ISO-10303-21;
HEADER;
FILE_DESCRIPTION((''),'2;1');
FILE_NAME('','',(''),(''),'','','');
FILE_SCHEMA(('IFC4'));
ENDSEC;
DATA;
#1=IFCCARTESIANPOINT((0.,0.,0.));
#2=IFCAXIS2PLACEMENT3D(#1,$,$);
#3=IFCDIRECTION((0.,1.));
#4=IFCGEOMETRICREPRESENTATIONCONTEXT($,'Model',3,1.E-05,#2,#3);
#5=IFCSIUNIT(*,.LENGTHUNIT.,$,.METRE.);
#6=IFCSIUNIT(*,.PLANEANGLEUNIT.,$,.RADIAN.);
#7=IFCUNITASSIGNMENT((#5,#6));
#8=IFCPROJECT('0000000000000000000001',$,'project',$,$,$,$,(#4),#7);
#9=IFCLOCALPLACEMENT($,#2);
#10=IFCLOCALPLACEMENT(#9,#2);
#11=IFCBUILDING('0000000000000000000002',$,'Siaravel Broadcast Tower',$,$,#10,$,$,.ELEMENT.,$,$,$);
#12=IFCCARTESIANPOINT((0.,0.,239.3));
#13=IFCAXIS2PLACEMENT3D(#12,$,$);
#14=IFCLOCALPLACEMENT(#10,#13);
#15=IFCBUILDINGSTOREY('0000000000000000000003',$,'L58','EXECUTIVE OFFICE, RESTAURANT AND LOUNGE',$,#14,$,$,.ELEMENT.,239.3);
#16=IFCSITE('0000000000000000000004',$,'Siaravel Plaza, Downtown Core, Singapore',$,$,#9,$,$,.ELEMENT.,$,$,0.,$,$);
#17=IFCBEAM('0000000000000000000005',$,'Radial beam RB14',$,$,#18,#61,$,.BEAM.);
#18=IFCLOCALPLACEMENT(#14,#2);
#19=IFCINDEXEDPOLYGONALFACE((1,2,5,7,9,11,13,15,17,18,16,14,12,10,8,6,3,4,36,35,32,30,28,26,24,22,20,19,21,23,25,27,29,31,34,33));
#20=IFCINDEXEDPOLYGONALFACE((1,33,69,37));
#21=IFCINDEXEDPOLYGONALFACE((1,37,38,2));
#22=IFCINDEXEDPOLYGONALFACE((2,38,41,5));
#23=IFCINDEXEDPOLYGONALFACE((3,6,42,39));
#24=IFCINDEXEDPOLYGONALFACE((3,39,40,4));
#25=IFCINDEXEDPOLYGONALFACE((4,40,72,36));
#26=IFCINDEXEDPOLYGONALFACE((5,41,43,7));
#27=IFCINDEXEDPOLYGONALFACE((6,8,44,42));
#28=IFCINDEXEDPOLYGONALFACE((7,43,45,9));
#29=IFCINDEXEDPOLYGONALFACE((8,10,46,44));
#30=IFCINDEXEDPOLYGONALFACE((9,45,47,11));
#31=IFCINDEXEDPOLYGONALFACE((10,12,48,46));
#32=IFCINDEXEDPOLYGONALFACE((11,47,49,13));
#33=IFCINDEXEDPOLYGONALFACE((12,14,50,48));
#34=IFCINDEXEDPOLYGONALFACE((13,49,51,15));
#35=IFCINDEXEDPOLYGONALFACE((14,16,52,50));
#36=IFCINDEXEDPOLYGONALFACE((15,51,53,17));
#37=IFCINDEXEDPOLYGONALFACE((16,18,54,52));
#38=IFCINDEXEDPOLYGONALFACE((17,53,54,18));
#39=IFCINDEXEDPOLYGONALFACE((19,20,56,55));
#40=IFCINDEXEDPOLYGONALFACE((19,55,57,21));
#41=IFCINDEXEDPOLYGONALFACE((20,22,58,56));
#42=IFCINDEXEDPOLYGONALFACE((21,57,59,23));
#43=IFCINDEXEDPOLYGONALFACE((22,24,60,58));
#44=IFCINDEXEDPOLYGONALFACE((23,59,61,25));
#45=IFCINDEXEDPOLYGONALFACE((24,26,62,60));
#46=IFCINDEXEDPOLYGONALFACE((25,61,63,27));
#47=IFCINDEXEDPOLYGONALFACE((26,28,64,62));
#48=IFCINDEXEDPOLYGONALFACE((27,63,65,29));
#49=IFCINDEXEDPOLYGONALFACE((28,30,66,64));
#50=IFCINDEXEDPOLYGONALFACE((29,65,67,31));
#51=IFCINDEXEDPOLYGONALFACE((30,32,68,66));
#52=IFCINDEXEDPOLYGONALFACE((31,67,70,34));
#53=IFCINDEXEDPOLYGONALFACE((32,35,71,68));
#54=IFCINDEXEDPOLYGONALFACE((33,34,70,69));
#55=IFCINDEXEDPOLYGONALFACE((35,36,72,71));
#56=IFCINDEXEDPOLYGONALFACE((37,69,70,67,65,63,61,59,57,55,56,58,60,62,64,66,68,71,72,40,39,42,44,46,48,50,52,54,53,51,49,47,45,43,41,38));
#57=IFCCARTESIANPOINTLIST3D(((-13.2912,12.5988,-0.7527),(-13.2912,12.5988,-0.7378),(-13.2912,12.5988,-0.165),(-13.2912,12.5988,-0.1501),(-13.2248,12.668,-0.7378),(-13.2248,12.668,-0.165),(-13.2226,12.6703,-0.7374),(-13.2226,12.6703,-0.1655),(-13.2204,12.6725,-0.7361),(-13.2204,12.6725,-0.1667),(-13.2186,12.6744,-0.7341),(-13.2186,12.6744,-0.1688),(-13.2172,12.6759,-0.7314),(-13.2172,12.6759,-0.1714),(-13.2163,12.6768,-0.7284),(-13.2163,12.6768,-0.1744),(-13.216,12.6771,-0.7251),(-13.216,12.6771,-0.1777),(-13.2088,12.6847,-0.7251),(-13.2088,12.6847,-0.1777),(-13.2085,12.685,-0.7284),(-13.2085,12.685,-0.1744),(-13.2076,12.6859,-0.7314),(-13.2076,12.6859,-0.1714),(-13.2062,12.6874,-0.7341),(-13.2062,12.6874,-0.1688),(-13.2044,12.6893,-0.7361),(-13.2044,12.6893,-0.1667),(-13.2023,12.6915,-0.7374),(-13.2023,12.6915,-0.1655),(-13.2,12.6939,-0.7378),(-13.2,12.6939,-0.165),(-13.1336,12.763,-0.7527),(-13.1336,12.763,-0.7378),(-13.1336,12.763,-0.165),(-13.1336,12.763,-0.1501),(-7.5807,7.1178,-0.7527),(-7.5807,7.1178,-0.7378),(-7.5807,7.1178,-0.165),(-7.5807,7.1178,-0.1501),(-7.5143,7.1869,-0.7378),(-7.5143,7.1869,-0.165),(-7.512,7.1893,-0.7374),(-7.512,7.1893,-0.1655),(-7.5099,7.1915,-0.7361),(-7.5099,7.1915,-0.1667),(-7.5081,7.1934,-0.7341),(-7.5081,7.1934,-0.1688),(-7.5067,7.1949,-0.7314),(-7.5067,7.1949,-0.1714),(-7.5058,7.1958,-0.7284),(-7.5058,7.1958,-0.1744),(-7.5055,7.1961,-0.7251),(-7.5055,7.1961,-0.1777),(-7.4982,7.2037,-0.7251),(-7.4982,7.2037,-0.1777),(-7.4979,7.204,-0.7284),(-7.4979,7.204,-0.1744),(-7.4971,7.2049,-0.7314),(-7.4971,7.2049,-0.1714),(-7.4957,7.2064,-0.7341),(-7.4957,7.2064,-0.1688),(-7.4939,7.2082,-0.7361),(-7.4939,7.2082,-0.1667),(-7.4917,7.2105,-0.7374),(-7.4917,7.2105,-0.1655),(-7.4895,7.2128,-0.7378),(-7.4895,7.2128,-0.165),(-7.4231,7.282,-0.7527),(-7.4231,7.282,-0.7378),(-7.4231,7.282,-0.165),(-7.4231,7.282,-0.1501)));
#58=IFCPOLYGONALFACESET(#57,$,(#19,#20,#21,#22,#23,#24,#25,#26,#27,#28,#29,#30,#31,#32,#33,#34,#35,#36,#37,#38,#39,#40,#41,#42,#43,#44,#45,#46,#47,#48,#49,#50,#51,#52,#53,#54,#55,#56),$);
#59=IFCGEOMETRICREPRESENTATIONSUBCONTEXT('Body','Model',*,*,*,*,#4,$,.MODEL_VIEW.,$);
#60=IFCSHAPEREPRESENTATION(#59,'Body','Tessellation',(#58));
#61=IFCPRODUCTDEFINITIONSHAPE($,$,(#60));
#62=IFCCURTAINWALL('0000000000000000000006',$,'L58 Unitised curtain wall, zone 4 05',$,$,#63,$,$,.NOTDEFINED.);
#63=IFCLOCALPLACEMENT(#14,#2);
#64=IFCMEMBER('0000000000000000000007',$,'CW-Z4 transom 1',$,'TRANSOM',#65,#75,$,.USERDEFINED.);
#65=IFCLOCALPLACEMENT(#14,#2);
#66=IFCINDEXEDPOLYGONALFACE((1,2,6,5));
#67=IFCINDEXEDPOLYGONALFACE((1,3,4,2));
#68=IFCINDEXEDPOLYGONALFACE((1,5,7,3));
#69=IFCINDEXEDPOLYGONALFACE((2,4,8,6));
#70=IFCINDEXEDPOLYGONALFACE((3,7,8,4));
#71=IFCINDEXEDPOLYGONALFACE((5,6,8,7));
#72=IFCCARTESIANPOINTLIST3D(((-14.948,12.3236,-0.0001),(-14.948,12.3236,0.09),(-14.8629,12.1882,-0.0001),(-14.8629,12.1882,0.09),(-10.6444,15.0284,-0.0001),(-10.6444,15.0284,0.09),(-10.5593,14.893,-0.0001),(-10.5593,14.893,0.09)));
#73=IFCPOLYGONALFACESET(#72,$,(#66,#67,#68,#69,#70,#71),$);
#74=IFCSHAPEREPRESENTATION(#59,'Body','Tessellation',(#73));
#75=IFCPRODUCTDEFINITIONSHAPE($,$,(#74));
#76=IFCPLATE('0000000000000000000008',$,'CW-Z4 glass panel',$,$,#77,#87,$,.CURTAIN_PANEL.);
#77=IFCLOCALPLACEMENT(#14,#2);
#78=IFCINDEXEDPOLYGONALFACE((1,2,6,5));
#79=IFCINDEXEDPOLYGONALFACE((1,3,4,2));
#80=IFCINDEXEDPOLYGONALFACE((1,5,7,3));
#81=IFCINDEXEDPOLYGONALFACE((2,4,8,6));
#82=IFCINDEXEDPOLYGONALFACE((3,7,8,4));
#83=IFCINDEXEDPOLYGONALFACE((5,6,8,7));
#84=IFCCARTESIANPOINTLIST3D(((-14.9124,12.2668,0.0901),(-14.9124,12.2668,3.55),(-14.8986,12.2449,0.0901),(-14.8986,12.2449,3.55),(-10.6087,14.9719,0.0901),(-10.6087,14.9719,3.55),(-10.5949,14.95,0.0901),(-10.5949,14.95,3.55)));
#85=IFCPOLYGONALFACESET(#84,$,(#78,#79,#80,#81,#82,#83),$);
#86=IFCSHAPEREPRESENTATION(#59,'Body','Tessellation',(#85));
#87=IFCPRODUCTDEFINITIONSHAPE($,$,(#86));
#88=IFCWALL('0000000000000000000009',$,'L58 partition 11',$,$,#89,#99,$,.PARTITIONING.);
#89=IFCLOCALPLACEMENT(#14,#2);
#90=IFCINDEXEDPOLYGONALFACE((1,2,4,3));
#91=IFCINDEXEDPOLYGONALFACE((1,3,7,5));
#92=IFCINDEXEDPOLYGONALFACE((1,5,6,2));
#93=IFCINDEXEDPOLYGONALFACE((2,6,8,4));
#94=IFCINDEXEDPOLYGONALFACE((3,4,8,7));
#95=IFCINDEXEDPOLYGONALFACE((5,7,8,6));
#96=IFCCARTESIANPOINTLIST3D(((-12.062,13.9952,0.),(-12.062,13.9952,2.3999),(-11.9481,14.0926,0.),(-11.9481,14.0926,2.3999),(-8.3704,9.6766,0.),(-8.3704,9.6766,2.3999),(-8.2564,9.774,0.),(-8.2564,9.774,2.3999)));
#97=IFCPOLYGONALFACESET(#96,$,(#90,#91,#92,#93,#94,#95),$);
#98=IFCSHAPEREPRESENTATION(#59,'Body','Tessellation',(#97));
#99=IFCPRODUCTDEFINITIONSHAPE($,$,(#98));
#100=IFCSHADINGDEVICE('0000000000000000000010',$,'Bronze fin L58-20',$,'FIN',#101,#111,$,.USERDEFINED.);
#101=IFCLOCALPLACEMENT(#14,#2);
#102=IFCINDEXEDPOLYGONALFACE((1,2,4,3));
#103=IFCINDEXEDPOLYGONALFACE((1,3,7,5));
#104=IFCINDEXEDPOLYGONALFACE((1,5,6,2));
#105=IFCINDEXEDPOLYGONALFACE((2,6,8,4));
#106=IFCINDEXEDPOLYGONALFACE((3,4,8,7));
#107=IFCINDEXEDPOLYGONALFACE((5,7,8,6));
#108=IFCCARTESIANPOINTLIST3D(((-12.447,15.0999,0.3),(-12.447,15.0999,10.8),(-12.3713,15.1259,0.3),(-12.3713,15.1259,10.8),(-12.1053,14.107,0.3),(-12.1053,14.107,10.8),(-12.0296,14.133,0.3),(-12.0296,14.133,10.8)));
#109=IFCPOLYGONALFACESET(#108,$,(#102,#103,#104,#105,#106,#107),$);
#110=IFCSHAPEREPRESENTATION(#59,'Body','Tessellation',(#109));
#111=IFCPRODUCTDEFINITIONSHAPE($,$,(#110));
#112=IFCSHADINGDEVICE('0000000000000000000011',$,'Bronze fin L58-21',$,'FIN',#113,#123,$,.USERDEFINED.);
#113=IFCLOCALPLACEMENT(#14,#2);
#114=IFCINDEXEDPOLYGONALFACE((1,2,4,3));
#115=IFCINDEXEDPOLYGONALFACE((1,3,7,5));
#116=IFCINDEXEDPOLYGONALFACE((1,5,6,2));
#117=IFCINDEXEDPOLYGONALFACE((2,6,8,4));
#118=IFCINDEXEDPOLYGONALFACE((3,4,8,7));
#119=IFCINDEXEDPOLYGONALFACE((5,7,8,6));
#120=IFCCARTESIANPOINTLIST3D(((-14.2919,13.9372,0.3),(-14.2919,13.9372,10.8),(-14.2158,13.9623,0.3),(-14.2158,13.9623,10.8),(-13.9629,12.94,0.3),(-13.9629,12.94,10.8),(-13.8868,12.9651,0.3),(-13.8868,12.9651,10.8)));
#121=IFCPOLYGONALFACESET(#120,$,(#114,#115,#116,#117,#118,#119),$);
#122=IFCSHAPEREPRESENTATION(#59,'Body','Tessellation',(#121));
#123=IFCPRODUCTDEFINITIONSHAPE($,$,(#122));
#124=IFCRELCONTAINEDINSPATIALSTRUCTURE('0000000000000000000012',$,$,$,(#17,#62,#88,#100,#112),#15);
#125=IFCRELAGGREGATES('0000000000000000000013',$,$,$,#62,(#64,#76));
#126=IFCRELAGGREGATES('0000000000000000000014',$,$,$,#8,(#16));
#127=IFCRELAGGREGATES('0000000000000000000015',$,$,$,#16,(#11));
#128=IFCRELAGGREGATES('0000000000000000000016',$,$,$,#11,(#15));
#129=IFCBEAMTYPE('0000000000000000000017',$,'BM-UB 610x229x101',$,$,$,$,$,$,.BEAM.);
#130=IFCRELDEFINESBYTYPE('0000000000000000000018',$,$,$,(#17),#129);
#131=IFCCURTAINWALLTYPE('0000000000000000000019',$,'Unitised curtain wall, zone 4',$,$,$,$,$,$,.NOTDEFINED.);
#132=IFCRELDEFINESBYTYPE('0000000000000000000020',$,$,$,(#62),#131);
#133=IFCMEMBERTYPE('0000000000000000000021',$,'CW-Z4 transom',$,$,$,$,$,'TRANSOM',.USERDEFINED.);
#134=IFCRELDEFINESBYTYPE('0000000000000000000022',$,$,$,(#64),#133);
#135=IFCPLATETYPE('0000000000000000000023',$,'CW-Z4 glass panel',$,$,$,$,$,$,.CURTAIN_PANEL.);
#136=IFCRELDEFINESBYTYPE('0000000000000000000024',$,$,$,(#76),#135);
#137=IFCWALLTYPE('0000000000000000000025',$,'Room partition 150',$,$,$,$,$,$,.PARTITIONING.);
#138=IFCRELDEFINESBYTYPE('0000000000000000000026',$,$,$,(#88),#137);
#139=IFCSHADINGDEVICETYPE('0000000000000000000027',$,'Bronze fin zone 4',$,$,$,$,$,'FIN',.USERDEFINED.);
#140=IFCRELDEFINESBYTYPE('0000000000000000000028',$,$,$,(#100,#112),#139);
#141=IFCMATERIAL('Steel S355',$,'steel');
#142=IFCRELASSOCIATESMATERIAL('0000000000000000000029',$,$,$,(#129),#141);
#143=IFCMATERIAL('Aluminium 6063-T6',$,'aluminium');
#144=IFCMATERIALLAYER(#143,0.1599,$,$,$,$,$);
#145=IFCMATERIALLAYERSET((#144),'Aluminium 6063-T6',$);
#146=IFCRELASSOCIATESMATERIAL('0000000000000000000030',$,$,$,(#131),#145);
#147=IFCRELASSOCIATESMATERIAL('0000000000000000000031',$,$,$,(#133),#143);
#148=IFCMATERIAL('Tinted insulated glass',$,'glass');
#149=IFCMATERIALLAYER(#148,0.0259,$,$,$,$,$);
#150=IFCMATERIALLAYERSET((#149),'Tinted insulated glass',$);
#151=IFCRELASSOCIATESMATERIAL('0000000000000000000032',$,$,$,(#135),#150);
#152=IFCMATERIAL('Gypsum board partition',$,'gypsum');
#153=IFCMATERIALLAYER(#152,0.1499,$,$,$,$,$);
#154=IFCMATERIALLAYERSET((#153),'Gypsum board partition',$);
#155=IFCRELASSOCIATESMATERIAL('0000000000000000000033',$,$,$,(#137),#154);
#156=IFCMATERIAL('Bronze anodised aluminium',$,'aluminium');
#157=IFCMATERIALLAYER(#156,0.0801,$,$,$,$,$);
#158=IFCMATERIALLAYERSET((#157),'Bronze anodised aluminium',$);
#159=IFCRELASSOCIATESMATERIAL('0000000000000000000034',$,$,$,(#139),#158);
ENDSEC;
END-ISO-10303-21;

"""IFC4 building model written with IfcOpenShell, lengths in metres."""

from ifc_helpers import new_model, si_unit, direction, frame, frame_2d, origin, origin_2d, place, context, subcontext, project, spatial, rectangle, i_section, extrude, material, layer, layer_set, material_profile, profile_set, type_object, element, aggregate, save


model = new_model("IFC4")

# Units and contexts
model_context = context("Model", 3, precision=1e-05, world=origin(), true_north=direction((0.0, 1.0)))
body_context = subcontext(model_context, "Body", "Model", "MODEL_VIEW")
ifc_project = project(units=[si_unit("LENGTHUNIT", "METRE"), si_unit("PLANEANGLEUNIT", "RADIAN")], contexts=[model_context])

# Site, building, storey
site_placement = place(None, origin())
site = spatial("IfcSite", under=ifc_project, at=site_placement, Name="Siaravel Plaza, Downtown Core, Singapore", CompositionType="ELEMENT", RefElevation=0.0)
building_placement = place(site_placement, origin())
building = spatial("IfcBuilding", under=site, at=building_placement, Name="Siaravel Broadcast Tower", CompositionType="ELEMENT")
storey_placement = place(building_placement, frame((0.0, 0.0, 239.3)))
storey = spatial("IfcBuildingStorey", under=building, at=storey_placement, Name="L58", Description="EXECUTIVE OFFICE, RESTAURANT AND LOUNGE", CompositionType="ELEMENT", Elevation=239.3)

# Beam
ifc_material_1 = material(Name="Steel S355", Category="steel")
ifc_material_profile_1 = material_profile(ifc_material_1, i_section(OverallWidth=0.2275, OverallDepth=0.6025, WebThickness=0.0105, FlangeThickness=0.0149, FilletRadius=0.0127, at=origin_2d()))
ifc_profile_set_1 = profile_set([ifc_material_profile_1], Name="Steel S355")
beam_type = type_object("IfcBeamType", Name="BM-UB 610x229x101", PredefinedType="BEAM", material=ifc_profile_set_1)
beam_placement = place(storey_placement, frame((-13.2124, 12.6809, -0.4514), z_axis=(0.721455, -0.692461, 0.0), x_axis=(0.692461, 0.721455, 0.0)))
element("IfcBeam", 1, at=beam_placement, inside=storey, type_object=beam_type, Name="Radial beam RB14", PredefinedType="BEAM", context=body_context, shape_type="SweptSolid", body=[
    extrude(i_section(OverallWidth=0.2275, OverallDepth=0.6025, WebThickness=0.0105, FlangeThickness=0.0149, FilletRadius=0.0127, at=origin_2d()), origin(), (0.0, 0.0, 1.0), 7.9153),
])

# Curtain wall, member, plate
ifc_material_2 = material(Name="Aluminium 6063-T6", Category="aluminium")
ifc_layer_1 = layer(ifc_material_2, 0.1599)
ifc_layer_set_1 = layer_set([ifc_layer_1], Name="Aluminium 6063-T6")
curtain_wall_type = type_object("IfcCurtainWallType", Name="Unitised curtain wall, zone 4", PredefinedType="NOTDEFINED", material=ifc_layer_set_1)
curtain_wall_placement = place(storey_placement, origin())
curtain_wall = element("IfcCurtainWall", 2, at=curtain_wall_placement, inside=storey, type_object=curtain_wall_type, Name="L58 Unitised curtain wall, zone 4 05", PredefinedType="NOTDEFINED")
ifc_material_profile_2 = material_profile(ifc_material_2, rectangle(XDim=0.1599, YDim=0.0901, at=origin_2d()))
ifc_profile_set_2 = profile_set([ifc_material_profile_2], Name="Aluminium 6063-T6")
member_type = type_object("IfcMemberType", Name="CW-Z4 transom", ElementType="TRANSOM", PredefinedType="USERDEFINED", material=ifc_profile_set_2)
member_placement = place(storey_placement, frame((-10.6018, 14.9607, 0.0449), z_axis=(-0.846668, -0.532121, 0.0), x_axis=(0.532121, -0.846668, 0.0)))
member = element("IfcMember", 3, at=member_placement, type_object=member_type, Name="CW-Z4 transom 1", ObjectType="TRANSOM", PredefinedType="USERDEFINED", context=body_context, shape_type="SweptSolid", body=[
    extrude(rectangle(XDim=0.1599, YDim=0.0901, at=origin_2d()), origin(), (0.0, 0.0, 1.0), 5.083),
])
ifc_material_3 = material(Name="Tinted insulated glass", Category="glass")
ifc_layer_2 = layer(ifc_material_3, 0.0259)
ifc_layer_set_2 = layer_set([ifc_layer_2], Name="Tinted insulated glass")
plate_type = type_object("IfcPlateType", Name="CW-Z4 glass panel", PredefinedType="CURTAIN_PANEL", material=ifc_layer_set_2)
plate_placement = place(storey_placement, frame((-12.7537, 13.6084, 0.0901), z_axis=(0.0, 0.0, 1.0), x_axis=(-0.84665, -0.53215, 0.0)))
plate = element("IfcPlate", 4, at=plate_placement, type_object=plate_type, Name="CW-Z4 glass panel", PredefinedType="CURTAIN_PANEL", context=body_context, shape_type="SweptSolid", body=[
    extrude(rectangle(XDim=5.0833, YDim=0.0259, at=origin_2d()), origin(), (0.0, 0.0, 1.0), 3.46),
])
aggregate(curtain_wall, [member, plate])

# Wall
ifc_material_4 = material(Name="Gypsum board partition", Category="gypsum")
ifc_layer_3 = layer(ifc_material_4, 0.1499)
ifc_layer_set_3 = layer_set([ifc_layer_3], Name="Gypsum board partition")
wall_type = type_object("IfcWallType", Name="Room partition 150", PredefinedType="PARTITIONING", material=ifc_layer_set_3)
wall_placement = place(storey_placement, frame((-12.0051, 14.0439, 0.0), z_axis=(0.0, 0.0, 1.0), x_axis=(0.649775, -0.760126, 0.0)))
element("IfcWall", 5, at=wall_placement, inside=storey, type_object=wall_type, Name="L58 partition 11", PredefinedType="PARTITIONING", context=body_context, shape_type="SweptSolid", body=[
    extrude(rectangle(XDim=5.6814, YDim=0.1499, at=frame_2d((2.8408, 0.0))), origin(), (0.0, 0.0, 1.0), 2.3999),
])

# Shading devices
ifc_material_5 = material(Name="Bronze anodised aluminium", Category="aluminium")
ifc_layer_4 = layer(ifc_material_5, 0.0801)
ifc_layer_set_4 = layer_set([ifc_layer_4], Name="Bronze anodised aluminium")
shading_device_type = type_object("IfcShadingDeviceType", Name="Bronze fin zone 4", ElementType="FIN", PredefinedType="USERDEFINED", material=ifc_layer_set_4)
for number, where, z_axis, x_axis, name in (
    (6, (-12.2383, 14.6165, 0.3), (0.0, 0.0, 1.0), (-0.325426, 0.945567, 0.0), "Bronze fin L58-20"),
    (7, (-14.0894, 13.4512, 0.3), (0.0, 0.0, 1.0), (-0.313331, 0.949644, 0.0), "Bronze fin L58-21"),
):
    element("IfcShadingDevice", number, at=place(storey_placement, frame(where, z_axis=z_axis, x_axis=x_axis)), inside=storey, type_object=shading_device_type, Name=name, ObjectType="FIN", PredefinedType="USERDEFINED", context=body_context, shape_type="SweptSolid", body=[
        extrude(rectangle(XDim=1.05, YDim=0.0801, at=origin_2d()), origin(), (0.0, 0.0, 1.0), 10.5),
    ])

save(model, "model.ifc")
